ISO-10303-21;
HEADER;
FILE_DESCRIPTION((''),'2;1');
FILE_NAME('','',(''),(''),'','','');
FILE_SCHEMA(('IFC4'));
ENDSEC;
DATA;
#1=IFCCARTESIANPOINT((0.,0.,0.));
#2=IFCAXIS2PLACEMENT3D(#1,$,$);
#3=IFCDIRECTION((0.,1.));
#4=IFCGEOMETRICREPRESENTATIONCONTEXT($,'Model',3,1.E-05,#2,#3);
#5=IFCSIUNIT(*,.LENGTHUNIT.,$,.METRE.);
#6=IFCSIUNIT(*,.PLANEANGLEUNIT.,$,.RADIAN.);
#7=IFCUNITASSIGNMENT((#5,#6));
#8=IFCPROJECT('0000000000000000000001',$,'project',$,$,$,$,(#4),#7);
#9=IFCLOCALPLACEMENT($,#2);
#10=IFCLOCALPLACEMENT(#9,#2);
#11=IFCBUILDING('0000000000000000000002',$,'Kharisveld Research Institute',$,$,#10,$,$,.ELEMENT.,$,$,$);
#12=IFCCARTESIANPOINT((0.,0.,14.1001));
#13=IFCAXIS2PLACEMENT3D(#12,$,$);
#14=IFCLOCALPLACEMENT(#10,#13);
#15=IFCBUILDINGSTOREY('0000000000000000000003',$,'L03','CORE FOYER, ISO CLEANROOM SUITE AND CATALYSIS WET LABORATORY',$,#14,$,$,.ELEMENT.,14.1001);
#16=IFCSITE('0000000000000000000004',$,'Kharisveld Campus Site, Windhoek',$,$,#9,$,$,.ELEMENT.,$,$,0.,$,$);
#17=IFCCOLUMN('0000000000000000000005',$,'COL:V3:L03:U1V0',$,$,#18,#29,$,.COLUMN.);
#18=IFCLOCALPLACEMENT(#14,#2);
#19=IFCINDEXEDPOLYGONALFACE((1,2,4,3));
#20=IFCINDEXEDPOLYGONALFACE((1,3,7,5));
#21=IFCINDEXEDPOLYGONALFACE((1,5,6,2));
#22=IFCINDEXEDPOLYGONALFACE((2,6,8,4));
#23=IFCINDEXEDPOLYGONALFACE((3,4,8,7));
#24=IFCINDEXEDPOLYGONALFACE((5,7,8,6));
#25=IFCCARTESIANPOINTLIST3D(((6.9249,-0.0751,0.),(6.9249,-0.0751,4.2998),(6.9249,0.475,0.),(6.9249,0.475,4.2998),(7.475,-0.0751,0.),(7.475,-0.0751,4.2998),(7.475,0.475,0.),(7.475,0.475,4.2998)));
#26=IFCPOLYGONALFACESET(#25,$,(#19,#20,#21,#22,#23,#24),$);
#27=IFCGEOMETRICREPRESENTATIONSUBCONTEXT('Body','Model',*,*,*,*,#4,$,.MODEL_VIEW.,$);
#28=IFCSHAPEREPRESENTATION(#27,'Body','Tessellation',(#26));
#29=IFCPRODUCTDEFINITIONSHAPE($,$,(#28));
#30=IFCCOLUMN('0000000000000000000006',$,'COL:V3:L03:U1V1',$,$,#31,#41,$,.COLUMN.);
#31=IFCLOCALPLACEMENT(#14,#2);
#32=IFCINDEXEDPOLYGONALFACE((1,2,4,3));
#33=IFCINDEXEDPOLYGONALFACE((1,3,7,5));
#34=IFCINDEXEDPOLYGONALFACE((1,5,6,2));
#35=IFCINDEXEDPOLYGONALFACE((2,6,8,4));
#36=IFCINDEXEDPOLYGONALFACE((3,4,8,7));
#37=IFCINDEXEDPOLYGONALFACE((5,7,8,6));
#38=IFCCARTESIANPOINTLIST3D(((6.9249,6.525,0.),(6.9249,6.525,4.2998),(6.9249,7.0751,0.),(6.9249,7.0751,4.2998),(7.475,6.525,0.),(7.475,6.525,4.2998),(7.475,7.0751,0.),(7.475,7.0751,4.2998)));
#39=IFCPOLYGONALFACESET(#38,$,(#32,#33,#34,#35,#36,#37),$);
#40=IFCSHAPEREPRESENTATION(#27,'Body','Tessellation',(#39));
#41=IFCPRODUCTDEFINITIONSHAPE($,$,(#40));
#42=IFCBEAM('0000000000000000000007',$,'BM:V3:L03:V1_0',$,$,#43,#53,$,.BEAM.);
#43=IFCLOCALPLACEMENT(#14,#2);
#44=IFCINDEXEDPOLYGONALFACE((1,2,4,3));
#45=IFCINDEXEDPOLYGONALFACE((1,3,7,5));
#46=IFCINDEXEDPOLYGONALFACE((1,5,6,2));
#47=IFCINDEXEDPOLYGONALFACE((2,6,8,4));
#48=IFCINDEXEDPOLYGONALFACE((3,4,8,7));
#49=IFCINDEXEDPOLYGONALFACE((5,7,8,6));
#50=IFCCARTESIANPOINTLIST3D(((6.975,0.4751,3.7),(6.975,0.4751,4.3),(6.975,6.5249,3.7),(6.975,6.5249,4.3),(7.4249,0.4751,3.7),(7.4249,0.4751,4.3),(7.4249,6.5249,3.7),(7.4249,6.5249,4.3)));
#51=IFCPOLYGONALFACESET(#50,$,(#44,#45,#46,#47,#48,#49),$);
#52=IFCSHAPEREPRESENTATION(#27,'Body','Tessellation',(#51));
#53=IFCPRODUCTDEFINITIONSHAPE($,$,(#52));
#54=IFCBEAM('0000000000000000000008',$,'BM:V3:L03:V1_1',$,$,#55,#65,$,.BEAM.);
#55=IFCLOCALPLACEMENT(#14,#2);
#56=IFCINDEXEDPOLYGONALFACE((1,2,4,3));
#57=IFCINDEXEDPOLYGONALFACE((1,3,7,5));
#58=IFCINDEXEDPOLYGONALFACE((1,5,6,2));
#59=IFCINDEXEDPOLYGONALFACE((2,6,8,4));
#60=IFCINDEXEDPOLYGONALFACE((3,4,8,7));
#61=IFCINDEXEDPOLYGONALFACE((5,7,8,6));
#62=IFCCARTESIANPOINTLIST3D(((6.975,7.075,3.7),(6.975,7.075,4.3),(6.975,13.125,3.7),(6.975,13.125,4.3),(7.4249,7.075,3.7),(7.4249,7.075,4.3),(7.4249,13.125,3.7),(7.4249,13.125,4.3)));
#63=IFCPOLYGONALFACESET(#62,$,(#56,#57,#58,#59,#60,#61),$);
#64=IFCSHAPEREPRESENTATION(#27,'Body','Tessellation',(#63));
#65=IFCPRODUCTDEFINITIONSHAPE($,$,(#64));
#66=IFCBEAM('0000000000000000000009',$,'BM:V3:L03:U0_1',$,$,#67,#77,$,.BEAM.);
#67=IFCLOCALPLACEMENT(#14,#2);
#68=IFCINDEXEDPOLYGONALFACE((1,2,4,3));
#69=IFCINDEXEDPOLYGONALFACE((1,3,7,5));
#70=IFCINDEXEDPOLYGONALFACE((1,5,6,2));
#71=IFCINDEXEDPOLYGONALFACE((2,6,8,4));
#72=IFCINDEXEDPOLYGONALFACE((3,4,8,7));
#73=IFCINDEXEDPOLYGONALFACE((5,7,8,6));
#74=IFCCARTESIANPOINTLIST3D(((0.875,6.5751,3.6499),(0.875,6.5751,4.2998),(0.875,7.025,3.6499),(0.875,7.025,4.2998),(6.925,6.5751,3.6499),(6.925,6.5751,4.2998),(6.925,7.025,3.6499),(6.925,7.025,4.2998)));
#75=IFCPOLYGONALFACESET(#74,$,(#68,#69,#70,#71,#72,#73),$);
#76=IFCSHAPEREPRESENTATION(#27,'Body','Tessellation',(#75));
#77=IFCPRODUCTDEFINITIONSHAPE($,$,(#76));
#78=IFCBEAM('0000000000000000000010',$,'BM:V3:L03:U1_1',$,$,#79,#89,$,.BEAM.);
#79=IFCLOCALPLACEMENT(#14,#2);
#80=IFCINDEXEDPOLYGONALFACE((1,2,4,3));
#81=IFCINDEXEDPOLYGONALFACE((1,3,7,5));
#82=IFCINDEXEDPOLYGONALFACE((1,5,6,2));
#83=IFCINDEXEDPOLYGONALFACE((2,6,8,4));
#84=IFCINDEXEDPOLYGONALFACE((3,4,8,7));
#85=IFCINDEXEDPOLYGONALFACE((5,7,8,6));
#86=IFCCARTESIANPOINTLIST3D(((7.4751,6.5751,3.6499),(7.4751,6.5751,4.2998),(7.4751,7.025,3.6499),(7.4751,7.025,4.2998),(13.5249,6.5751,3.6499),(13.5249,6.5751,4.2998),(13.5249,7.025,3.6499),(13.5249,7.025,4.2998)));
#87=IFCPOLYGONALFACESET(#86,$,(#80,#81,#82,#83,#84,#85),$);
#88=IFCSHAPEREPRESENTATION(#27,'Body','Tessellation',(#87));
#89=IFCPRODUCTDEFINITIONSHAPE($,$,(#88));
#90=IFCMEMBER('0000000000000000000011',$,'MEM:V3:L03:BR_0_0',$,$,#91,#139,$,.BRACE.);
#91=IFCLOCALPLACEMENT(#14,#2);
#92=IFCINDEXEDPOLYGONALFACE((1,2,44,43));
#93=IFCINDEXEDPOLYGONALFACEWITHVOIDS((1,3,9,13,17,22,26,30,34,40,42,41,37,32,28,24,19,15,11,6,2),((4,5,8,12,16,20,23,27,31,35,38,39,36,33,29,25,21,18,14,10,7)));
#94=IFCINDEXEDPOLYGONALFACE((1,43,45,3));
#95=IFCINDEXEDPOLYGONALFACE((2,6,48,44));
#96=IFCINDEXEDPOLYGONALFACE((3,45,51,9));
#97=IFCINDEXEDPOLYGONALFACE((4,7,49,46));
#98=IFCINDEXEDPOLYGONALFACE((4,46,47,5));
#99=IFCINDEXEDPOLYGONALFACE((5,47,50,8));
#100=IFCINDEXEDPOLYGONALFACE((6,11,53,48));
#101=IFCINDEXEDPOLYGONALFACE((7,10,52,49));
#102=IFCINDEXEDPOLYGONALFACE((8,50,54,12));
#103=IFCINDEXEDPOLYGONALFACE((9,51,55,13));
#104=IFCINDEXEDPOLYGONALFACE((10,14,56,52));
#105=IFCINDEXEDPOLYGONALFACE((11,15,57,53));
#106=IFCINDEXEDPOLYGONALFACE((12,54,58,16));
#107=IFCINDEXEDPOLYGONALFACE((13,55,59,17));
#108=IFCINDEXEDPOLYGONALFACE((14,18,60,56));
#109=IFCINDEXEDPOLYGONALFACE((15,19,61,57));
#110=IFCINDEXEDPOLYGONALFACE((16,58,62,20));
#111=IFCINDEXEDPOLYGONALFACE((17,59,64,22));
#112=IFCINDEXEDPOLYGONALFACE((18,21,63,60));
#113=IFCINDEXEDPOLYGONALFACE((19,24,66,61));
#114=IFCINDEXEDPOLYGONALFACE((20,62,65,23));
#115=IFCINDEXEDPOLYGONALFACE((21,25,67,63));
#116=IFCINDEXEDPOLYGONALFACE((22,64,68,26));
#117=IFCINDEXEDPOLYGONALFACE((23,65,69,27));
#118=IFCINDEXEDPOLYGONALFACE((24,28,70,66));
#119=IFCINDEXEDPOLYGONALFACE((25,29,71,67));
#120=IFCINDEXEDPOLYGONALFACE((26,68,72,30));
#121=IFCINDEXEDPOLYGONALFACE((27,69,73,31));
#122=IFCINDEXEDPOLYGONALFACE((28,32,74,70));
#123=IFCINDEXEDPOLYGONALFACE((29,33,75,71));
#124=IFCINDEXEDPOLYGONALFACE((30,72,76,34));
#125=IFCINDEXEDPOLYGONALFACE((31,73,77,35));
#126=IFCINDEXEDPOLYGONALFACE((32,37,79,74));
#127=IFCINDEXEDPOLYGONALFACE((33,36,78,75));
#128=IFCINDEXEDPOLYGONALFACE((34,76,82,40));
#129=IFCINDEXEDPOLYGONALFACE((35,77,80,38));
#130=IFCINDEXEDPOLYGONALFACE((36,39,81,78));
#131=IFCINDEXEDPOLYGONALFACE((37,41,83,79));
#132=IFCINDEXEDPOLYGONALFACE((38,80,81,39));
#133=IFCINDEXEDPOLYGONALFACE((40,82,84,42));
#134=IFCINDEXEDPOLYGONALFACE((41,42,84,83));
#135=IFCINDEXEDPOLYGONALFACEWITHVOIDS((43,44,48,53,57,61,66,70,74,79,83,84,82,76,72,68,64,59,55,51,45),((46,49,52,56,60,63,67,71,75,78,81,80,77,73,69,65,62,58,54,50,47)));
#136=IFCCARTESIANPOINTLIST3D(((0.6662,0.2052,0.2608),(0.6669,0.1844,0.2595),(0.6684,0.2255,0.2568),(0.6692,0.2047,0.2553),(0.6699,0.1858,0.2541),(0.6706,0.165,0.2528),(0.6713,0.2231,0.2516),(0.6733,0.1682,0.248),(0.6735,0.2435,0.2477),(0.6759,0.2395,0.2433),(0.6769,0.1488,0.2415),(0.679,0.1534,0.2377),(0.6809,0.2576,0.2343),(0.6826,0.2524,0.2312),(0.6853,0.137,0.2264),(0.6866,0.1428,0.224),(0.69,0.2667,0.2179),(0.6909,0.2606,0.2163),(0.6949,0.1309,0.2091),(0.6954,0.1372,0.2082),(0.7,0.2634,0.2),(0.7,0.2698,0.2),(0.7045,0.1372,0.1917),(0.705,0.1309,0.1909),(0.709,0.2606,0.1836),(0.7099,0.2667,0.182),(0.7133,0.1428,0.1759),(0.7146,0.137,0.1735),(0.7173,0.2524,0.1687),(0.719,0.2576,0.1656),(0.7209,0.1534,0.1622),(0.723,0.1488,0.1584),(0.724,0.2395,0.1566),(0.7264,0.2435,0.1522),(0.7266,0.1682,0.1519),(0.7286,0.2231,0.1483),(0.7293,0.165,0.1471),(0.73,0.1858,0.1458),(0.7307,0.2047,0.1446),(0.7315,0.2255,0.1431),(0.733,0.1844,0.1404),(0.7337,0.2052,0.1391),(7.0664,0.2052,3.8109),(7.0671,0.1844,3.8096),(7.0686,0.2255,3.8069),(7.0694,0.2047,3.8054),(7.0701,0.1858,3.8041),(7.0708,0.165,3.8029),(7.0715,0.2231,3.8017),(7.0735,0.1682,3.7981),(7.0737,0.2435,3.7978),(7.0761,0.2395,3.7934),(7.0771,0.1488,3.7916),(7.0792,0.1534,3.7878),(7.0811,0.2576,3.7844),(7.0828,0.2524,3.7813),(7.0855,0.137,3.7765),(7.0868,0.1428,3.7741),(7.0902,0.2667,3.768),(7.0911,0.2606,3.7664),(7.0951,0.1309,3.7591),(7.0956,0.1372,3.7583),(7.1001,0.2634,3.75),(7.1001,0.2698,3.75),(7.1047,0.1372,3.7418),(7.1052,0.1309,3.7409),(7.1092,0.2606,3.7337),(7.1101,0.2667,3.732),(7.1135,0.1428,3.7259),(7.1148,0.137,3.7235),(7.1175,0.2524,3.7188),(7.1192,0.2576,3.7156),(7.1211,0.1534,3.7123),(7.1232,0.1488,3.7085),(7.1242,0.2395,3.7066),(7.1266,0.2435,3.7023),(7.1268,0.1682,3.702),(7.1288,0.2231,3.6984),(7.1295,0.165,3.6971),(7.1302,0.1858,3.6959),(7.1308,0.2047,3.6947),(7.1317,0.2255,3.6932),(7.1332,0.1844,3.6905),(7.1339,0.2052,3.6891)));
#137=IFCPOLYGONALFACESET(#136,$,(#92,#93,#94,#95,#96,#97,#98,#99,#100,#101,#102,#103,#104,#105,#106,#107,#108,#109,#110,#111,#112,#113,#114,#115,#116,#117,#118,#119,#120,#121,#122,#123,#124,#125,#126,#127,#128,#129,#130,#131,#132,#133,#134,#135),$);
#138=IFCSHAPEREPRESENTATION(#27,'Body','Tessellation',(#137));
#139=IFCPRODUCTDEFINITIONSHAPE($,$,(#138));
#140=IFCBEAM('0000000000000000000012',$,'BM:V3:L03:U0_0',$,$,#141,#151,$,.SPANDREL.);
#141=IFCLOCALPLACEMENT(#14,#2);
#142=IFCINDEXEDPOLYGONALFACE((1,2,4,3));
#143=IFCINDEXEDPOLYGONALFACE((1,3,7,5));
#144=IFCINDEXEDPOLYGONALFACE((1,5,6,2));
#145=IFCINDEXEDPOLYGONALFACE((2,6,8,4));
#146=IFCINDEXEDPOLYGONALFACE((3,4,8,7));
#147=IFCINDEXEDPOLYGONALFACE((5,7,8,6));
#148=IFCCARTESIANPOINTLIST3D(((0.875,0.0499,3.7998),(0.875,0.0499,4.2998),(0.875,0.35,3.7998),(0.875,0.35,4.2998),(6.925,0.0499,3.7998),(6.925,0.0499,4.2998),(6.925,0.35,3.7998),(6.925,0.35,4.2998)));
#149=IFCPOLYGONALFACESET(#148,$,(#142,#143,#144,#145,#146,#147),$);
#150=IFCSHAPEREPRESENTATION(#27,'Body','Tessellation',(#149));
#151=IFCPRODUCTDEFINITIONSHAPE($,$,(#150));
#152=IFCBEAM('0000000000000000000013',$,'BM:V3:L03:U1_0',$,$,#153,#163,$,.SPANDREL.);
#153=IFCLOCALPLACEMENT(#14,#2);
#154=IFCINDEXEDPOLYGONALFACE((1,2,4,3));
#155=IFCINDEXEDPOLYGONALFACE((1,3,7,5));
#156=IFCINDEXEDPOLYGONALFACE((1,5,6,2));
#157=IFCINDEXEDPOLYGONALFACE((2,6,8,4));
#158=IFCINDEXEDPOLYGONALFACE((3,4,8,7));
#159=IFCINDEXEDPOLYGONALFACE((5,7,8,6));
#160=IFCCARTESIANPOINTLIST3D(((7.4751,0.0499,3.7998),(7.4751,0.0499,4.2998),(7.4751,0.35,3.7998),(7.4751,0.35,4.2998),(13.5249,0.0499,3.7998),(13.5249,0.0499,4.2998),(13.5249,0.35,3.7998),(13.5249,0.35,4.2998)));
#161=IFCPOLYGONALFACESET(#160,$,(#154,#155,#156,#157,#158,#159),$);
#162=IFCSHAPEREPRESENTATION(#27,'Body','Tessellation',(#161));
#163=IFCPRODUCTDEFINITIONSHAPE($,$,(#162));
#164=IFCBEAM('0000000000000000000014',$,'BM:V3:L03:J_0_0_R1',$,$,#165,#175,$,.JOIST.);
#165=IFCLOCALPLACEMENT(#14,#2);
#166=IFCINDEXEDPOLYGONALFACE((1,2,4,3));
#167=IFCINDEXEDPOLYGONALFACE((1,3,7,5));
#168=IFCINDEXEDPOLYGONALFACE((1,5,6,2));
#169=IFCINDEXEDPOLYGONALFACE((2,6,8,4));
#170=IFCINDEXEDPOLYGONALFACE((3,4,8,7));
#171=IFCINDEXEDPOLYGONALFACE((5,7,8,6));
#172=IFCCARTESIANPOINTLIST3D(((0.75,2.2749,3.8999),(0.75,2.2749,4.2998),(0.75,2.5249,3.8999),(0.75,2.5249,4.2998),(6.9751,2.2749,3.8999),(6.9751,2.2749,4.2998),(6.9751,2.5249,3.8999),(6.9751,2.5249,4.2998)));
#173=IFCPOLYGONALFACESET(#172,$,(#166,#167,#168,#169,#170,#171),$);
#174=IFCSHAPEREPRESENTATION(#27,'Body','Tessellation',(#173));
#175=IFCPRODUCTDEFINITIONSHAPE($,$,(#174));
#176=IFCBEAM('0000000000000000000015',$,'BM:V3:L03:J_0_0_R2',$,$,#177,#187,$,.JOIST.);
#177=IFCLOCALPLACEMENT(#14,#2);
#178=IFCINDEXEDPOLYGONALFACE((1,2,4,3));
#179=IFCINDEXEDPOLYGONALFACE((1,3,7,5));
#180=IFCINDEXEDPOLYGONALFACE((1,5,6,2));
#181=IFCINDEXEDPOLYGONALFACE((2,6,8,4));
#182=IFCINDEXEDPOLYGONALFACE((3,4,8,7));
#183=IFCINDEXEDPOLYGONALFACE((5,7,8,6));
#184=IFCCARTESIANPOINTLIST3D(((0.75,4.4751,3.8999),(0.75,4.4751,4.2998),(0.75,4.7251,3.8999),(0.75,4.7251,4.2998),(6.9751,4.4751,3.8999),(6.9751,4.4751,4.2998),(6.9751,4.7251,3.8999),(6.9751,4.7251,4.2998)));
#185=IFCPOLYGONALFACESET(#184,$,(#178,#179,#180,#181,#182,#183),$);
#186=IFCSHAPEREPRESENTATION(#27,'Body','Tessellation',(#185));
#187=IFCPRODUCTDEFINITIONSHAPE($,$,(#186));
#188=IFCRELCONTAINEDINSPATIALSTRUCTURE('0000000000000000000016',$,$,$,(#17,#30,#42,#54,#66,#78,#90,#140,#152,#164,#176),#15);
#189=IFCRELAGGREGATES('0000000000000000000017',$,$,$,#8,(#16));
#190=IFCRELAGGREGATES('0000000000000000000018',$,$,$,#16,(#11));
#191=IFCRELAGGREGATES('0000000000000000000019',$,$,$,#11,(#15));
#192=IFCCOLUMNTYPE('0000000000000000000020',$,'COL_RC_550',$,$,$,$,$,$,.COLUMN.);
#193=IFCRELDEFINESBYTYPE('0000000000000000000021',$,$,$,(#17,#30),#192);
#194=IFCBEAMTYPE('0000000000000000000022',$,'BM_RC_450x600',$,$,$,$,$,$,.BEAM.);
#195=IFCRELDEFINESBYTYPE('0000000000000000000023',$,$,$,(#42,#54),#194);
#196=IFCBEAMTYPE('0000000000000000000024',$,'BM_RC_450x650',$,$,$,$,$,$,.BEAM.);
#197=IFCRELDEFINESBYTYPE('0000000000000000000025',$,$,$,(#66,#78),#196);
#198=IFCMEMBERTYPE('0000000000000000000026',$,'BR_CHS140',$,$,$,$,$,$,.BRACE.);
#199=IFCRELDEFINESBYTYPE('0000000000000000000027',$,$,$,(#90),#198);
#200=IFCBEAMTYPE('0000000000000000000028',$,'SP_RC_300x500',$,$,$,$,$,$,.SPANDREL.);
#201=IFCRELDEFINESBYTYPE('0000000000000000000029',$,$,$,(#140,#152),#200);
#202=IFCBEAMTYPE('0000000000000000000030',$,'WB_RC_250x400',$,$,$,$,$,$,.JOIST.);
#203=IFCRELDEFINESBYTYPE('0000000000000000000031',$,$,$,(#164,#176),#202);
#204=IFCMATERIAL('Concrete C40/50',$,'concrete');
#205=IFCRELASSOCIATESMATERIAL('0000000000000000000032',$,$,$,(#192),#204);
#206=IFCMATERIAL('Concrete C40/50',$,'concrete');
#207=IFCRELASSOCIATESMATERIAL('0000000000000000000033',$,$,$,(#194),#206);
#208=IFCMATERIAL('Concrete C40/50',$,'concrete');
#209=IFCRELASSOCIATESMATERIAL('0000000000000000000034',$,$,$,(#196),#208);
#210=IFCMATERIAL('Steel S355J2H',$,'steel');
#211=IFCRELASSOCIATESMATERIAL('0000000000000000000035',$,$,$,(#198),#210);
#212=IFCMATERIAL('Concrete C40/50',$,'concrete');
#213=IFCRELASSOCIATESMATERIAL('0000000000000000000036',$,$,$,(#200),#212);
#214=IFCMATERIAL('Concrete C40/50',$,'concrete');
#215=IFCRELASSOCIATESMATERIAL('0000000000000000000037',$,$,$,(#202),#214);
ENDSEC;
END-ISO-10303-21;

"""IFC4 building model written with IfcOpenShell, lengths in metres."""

from ifc_helpers import new_model, si_unit, direction, frame, origin, origin_2d, place, context, subcontext, project, spatial, rectangle, hollow_circle, extrude, material, material_profile, profile_set, type_object, element, save


model = new_model("IFC4")

# Units and contexts
model_context = context("Model", 3, precision=1e-05, world=origin(), true_north=direction((0.0, 1.0)))
body_context = subcontext(model_context, "Body", "Model", "MODEL_VIEW")
ifc_project = project(units=[si_unit("LENGTHUNIT", "METRE"), si_unit("PLANEANGLEUNIT", "RADIAN")], contexts=[model_context])

# Site, building, storey
site_placement = place(None, origin())
site = spatial("IfcSite", under=ifc_project, at=site_placement, Name="Kharisveld Campus Site, Windhoek", CompositionType="ELEMENT", RefElevation=0.0)
building_placement = place(site_placement, origin())
building = spatial("IfcBuilding", under=site, at=building_placement, Name="Kharisveld Research Institute", CompositionType="ELEMENT")
storey_placement = place(building_placement, frame((0.0, 0.0, 14.1001)))
storey = spatial("IfcBuildingStorey", under=building, at=storey_placement, Name="L03", Description="CORE FOYER, ISO CLEANROOM SUITE AND CATALYSIS WET LABORATORY", CompositionType="ELEMENT", Elevation=14.1001)

# Columns
ifc_material_1 = material(Name="Concrete C40/50", Category="concrete")
ifc_material_profile_1 = material_profile(ifc_material_1, rectangle(XDim=0.55, YDim=0.55, at=origin_2d()))
ifc_profile_set_1 = profile_set([ifc_material_profile_1], Name="Concrete C40/50")
column_type = type_object("IfcColumnType", Name="COL_RC_550", PredefinedType="COLUMN", material=ifc_profile_set_1)
for number, where, z_axis, x_axis, name in (
    (1, (7.2, 0.2, 0.0), (0.0, 0.0, 1.0), (1.0, 0.0, 0.0), "COL:V3:L03:U1V0"),
    (2, (7.2, 6.8, 0.0), (0.0, 0.0, 1.0), (1.0, 0.0, 0.0), "COL:V3:L03:U1V1"),
):
    element("IfcColumn", number, at=place(storey_placement, frame(where, z_axis=z_axis, x_axis=x_axis)), inside=storey, type_object=column_type, Name=name, PredefinedType="COLUMN", context=body_context, shape_type="SweptSolid", body=[
        extrude(rectangle(XDim=0.55, YDim=0.55, at=origin_2d()), origin(), (0.0, 0.0, 1.0), 4.2998),
    ])

# Beams
ifc_material_2 = material(Name="Concrete C40/50", Category="concrete")
ifc_material_profile_2 = material_profile(ifc_material_2, rectangle(XDim=0.45, YDim=0.6001, at=origin_2d()))
ifc_profile_set_2 = profile_set([ifc_material_profile_2], Name="Concrete C40/50")
beam_type_1 = type_object("IfcBeamType", Name="BM_RC_450x600", PredefinedType="BEAM", material=ifc_profile_set_2)
beam_1_placement = place(storey_placement, frame((7.2, 0.4751, 4.0), z_axis=(0.0, 1.0, 0.0), x_axis=(-1.0, 0.0, 0.0)))
element("IfcBeam", 3, at=beam_1_placement, inside=storey, type_object=beam_type_1, Name="BM:V3:L03:V1_0", PredefinedType="BEAM", context=body_context, shape_type="SweptSolid", body=[
    extrude(rectangle(XDim=0.45, YDim=0.6001, at=origin_2d()), origin(), (0.0, 0.0, 1.0), 6.0498),
])
beam_2_placement = place(storey_placement, frame((7.2, 7.075, 4.0), z_axis=(0.0, 1.0, 0.0), x_axis=(-1.0, 0.0, 0.0)))
element("IfcBeam", 4, at=beam_2_placement, inside=storey, type_object=beam_type_1, Name="BM:V3:L03:V1_1", PredefinedType="BEAM", context=body_context, shape_type="SweptSolid", body=[
    extrude(rectangle(XDim=0.45, YDim=0.6001, at=origin_2d()), origin(), (0.0, 0.0, 1.0), 6.05),
])
ifc_material_3 = material(Name="Concrete C40/50", Category="concrete")
ifc_material_profile_3 = material_profile(ifc_material_3, rectangle(XDim=0.45, YDim=0.6499, at=origin_2d()))
ifc_profile_set_3 = profile_set([ifc_material_profile_3], Name="Concrete C40/50")
beam_type_2 = type_object("IfcBeamType", Name="BM_RC_450x650", PredefinedType="BEAM", material=ifc_profile_set_3)
beam_3_placement = place(storey_placement, frame((0.875, 6.8, 3.9749), z_axis=(1.0, 0.0, 0.0), x_axis=(0.0, 1.0, 0.0)))
element("IfcBeam", 5, at=beam_3_placement, inside=storey, type_object=beam_type_2, Name="BM:V3:L03:U0_1", PredefinedType="BEAM", context=body_context, shape_type="SweptSolid", body=[
    extrude(rectangle(XDim=0.45, YDim=0.6499, at=origin_2d()), origin(), (0.0, 0.0, 1.0), 6.05),
])
beam_4_placement = place(storey_placement, frame((7.4751, 6.8, 3.9749), z_axis=(1.0, 0.0, 0.0), x_axis=(0.0, 1.0, 0.0)))
element("IfcBeam", 6, at=beam_4_placement, inside=storey, type_object=beam_type_2, Name="BM:V3:L03:U1_1", PredefinedType="BEAM", context=body_context, shape_type="SweptSolid", body=[
    extrude(rectangle(XDim=0.45, YDim=0.6499, at=origin_2d()), origin(), (0.0, 0.0, 1.0), 6.0498),
])

# Member
ifc_material_4 = material(Name="Steel S355J2H", Category="steel")
ifc_material_profile_4 = material_profile(ifc_material_4, hollow_circle(Radius=0.0698, WallThickness=0.0063, at=origin_2d()))
ifc_profile_set_4 = profile_set([ifc_material_profile_4], Name="Steel S355J2H")
member_type = type_object("IfcMemberType", Name="BR_CHS140", PredefinedType="BRACE", material=ifc_profile_set_4)
member_placement = place(storey_placement, frame((0.7, 0.2, 0.2), z_axis=(0.874481, 0.0, 0.485059), x_axis=(0.0, 1.0, 0.0)))
element("IfcMember", 7, at=member_placement, inside=storey, type_object=member_type, Name="MEM:V3:L03:BR_0_0", PredefinedType="BRACE", context=body_context, shape_type="SweptSolid", body=[
    extrude(hollow_circle(Radius=0.0698, WallThickness=0.0063, at=origin_2d()), origin(), (0.0, 0.0, 1.0), 7.3188),
])

# Beams
ifc_material_5 = material(Name="Concrete C40/50", Category="concrete")
ifc_material_profile_5 = material_profile(ifc_material_5, rectangle(XDim=0.3, YDim=0.5, at=origin_2d()))
ifc_profile_set_5 = profile_set([ifc_material_profile_5], Name="Concrete C40/50")
beam_type_3 = type_object("IfcBeamType", Name="SP_RC_300x500", PredefinedType="SPANDREL", material=ifc_profile_set_5)
beam_5_placement = place(storey_placement, frame((0.875, 0.2, 4.0498), z_axis=(1.0, 0.0, 0.0), x_axis=(0.0, 1.0, 0.0)))
element("IfcBeam", 8, at=beam_5_placement, inside=storey, type_object=beam_type_3, Name="BM:V3:L03:U0_0", PredefinedType="SPANDREL", context=body_context, shape_type="SweptSolid", body=[
    extrude(rectangle(XDim=0.3, YDim=0.5, at=origin_2d()), origin(), (0.0, 0.0, 1.0), 6.05),
])
beam_6_placement = place(storey_placement, frame((7.4751, 0.2, 4.0498), z_axis=(1.0, 0.0, 0.0), x_axis=(0.0, 1.0, 0.0)))
element("IfcBeam", 9, at=beam_6_placement, inside=storey, type_object=beam_type_3, Name="BM:V3:L03:U1_0", PredefinedType="SPANDREL", context=body_context, shape_type="SweptSolid", body=[
    extrude(rectangle(XDim=0.3, YDim=0.5, at=origin_2d()), origin(), (0.0, 0.0, 1.0), 6.0498),
])
ifc_material_6 = material(Name="Concrete C40/50", Category="concrete")
ifc_material_profile_6 = material_profile(ifc_material_6, rectangle(XDim=0.25, YDim=0.3999, at=origin_2d()))
ifc_profile_set_6 = profile_set([ifc_material_profile_6], Name="Concrete C40/50")
beam_type_4 = type_object("IfcBeamType", Name="WB_RC_250x400", PredefinedType="JOIST", material=ifc_profile_set_6)
for number, where, z_axis, x_axis, name in (
    (10, (0.75, 2.3999, 4.0999), (1.0, 0.0, 0.0), (0.0, 1.0, 0.0), "BM:V3:L03:J_0_0_R1"),
    (11, (0.75, 4.6001, 4.0999), (1.0, 0.0, 0.0), (0.0, 1.0, 0.0), "BM:V3:L03:J_0_0_R2"),
):
    element("IfcBeam", number, at=place(storey_placement, frame(where, z_axis=z_axis, x_axis=x_axis)), inside=storey, type_object=beam_type_4, Name=name, PredefinedType="JOIST", context=body_context, shape_type="SweptSolid", body=[
        extrude(rectangle(XDim=0.25, YDim=0.3999, at=origin_2d()), origin(), (0.0, 0.0, 1.0), 6.2251),
    ])

save(model, "model.ifc")
